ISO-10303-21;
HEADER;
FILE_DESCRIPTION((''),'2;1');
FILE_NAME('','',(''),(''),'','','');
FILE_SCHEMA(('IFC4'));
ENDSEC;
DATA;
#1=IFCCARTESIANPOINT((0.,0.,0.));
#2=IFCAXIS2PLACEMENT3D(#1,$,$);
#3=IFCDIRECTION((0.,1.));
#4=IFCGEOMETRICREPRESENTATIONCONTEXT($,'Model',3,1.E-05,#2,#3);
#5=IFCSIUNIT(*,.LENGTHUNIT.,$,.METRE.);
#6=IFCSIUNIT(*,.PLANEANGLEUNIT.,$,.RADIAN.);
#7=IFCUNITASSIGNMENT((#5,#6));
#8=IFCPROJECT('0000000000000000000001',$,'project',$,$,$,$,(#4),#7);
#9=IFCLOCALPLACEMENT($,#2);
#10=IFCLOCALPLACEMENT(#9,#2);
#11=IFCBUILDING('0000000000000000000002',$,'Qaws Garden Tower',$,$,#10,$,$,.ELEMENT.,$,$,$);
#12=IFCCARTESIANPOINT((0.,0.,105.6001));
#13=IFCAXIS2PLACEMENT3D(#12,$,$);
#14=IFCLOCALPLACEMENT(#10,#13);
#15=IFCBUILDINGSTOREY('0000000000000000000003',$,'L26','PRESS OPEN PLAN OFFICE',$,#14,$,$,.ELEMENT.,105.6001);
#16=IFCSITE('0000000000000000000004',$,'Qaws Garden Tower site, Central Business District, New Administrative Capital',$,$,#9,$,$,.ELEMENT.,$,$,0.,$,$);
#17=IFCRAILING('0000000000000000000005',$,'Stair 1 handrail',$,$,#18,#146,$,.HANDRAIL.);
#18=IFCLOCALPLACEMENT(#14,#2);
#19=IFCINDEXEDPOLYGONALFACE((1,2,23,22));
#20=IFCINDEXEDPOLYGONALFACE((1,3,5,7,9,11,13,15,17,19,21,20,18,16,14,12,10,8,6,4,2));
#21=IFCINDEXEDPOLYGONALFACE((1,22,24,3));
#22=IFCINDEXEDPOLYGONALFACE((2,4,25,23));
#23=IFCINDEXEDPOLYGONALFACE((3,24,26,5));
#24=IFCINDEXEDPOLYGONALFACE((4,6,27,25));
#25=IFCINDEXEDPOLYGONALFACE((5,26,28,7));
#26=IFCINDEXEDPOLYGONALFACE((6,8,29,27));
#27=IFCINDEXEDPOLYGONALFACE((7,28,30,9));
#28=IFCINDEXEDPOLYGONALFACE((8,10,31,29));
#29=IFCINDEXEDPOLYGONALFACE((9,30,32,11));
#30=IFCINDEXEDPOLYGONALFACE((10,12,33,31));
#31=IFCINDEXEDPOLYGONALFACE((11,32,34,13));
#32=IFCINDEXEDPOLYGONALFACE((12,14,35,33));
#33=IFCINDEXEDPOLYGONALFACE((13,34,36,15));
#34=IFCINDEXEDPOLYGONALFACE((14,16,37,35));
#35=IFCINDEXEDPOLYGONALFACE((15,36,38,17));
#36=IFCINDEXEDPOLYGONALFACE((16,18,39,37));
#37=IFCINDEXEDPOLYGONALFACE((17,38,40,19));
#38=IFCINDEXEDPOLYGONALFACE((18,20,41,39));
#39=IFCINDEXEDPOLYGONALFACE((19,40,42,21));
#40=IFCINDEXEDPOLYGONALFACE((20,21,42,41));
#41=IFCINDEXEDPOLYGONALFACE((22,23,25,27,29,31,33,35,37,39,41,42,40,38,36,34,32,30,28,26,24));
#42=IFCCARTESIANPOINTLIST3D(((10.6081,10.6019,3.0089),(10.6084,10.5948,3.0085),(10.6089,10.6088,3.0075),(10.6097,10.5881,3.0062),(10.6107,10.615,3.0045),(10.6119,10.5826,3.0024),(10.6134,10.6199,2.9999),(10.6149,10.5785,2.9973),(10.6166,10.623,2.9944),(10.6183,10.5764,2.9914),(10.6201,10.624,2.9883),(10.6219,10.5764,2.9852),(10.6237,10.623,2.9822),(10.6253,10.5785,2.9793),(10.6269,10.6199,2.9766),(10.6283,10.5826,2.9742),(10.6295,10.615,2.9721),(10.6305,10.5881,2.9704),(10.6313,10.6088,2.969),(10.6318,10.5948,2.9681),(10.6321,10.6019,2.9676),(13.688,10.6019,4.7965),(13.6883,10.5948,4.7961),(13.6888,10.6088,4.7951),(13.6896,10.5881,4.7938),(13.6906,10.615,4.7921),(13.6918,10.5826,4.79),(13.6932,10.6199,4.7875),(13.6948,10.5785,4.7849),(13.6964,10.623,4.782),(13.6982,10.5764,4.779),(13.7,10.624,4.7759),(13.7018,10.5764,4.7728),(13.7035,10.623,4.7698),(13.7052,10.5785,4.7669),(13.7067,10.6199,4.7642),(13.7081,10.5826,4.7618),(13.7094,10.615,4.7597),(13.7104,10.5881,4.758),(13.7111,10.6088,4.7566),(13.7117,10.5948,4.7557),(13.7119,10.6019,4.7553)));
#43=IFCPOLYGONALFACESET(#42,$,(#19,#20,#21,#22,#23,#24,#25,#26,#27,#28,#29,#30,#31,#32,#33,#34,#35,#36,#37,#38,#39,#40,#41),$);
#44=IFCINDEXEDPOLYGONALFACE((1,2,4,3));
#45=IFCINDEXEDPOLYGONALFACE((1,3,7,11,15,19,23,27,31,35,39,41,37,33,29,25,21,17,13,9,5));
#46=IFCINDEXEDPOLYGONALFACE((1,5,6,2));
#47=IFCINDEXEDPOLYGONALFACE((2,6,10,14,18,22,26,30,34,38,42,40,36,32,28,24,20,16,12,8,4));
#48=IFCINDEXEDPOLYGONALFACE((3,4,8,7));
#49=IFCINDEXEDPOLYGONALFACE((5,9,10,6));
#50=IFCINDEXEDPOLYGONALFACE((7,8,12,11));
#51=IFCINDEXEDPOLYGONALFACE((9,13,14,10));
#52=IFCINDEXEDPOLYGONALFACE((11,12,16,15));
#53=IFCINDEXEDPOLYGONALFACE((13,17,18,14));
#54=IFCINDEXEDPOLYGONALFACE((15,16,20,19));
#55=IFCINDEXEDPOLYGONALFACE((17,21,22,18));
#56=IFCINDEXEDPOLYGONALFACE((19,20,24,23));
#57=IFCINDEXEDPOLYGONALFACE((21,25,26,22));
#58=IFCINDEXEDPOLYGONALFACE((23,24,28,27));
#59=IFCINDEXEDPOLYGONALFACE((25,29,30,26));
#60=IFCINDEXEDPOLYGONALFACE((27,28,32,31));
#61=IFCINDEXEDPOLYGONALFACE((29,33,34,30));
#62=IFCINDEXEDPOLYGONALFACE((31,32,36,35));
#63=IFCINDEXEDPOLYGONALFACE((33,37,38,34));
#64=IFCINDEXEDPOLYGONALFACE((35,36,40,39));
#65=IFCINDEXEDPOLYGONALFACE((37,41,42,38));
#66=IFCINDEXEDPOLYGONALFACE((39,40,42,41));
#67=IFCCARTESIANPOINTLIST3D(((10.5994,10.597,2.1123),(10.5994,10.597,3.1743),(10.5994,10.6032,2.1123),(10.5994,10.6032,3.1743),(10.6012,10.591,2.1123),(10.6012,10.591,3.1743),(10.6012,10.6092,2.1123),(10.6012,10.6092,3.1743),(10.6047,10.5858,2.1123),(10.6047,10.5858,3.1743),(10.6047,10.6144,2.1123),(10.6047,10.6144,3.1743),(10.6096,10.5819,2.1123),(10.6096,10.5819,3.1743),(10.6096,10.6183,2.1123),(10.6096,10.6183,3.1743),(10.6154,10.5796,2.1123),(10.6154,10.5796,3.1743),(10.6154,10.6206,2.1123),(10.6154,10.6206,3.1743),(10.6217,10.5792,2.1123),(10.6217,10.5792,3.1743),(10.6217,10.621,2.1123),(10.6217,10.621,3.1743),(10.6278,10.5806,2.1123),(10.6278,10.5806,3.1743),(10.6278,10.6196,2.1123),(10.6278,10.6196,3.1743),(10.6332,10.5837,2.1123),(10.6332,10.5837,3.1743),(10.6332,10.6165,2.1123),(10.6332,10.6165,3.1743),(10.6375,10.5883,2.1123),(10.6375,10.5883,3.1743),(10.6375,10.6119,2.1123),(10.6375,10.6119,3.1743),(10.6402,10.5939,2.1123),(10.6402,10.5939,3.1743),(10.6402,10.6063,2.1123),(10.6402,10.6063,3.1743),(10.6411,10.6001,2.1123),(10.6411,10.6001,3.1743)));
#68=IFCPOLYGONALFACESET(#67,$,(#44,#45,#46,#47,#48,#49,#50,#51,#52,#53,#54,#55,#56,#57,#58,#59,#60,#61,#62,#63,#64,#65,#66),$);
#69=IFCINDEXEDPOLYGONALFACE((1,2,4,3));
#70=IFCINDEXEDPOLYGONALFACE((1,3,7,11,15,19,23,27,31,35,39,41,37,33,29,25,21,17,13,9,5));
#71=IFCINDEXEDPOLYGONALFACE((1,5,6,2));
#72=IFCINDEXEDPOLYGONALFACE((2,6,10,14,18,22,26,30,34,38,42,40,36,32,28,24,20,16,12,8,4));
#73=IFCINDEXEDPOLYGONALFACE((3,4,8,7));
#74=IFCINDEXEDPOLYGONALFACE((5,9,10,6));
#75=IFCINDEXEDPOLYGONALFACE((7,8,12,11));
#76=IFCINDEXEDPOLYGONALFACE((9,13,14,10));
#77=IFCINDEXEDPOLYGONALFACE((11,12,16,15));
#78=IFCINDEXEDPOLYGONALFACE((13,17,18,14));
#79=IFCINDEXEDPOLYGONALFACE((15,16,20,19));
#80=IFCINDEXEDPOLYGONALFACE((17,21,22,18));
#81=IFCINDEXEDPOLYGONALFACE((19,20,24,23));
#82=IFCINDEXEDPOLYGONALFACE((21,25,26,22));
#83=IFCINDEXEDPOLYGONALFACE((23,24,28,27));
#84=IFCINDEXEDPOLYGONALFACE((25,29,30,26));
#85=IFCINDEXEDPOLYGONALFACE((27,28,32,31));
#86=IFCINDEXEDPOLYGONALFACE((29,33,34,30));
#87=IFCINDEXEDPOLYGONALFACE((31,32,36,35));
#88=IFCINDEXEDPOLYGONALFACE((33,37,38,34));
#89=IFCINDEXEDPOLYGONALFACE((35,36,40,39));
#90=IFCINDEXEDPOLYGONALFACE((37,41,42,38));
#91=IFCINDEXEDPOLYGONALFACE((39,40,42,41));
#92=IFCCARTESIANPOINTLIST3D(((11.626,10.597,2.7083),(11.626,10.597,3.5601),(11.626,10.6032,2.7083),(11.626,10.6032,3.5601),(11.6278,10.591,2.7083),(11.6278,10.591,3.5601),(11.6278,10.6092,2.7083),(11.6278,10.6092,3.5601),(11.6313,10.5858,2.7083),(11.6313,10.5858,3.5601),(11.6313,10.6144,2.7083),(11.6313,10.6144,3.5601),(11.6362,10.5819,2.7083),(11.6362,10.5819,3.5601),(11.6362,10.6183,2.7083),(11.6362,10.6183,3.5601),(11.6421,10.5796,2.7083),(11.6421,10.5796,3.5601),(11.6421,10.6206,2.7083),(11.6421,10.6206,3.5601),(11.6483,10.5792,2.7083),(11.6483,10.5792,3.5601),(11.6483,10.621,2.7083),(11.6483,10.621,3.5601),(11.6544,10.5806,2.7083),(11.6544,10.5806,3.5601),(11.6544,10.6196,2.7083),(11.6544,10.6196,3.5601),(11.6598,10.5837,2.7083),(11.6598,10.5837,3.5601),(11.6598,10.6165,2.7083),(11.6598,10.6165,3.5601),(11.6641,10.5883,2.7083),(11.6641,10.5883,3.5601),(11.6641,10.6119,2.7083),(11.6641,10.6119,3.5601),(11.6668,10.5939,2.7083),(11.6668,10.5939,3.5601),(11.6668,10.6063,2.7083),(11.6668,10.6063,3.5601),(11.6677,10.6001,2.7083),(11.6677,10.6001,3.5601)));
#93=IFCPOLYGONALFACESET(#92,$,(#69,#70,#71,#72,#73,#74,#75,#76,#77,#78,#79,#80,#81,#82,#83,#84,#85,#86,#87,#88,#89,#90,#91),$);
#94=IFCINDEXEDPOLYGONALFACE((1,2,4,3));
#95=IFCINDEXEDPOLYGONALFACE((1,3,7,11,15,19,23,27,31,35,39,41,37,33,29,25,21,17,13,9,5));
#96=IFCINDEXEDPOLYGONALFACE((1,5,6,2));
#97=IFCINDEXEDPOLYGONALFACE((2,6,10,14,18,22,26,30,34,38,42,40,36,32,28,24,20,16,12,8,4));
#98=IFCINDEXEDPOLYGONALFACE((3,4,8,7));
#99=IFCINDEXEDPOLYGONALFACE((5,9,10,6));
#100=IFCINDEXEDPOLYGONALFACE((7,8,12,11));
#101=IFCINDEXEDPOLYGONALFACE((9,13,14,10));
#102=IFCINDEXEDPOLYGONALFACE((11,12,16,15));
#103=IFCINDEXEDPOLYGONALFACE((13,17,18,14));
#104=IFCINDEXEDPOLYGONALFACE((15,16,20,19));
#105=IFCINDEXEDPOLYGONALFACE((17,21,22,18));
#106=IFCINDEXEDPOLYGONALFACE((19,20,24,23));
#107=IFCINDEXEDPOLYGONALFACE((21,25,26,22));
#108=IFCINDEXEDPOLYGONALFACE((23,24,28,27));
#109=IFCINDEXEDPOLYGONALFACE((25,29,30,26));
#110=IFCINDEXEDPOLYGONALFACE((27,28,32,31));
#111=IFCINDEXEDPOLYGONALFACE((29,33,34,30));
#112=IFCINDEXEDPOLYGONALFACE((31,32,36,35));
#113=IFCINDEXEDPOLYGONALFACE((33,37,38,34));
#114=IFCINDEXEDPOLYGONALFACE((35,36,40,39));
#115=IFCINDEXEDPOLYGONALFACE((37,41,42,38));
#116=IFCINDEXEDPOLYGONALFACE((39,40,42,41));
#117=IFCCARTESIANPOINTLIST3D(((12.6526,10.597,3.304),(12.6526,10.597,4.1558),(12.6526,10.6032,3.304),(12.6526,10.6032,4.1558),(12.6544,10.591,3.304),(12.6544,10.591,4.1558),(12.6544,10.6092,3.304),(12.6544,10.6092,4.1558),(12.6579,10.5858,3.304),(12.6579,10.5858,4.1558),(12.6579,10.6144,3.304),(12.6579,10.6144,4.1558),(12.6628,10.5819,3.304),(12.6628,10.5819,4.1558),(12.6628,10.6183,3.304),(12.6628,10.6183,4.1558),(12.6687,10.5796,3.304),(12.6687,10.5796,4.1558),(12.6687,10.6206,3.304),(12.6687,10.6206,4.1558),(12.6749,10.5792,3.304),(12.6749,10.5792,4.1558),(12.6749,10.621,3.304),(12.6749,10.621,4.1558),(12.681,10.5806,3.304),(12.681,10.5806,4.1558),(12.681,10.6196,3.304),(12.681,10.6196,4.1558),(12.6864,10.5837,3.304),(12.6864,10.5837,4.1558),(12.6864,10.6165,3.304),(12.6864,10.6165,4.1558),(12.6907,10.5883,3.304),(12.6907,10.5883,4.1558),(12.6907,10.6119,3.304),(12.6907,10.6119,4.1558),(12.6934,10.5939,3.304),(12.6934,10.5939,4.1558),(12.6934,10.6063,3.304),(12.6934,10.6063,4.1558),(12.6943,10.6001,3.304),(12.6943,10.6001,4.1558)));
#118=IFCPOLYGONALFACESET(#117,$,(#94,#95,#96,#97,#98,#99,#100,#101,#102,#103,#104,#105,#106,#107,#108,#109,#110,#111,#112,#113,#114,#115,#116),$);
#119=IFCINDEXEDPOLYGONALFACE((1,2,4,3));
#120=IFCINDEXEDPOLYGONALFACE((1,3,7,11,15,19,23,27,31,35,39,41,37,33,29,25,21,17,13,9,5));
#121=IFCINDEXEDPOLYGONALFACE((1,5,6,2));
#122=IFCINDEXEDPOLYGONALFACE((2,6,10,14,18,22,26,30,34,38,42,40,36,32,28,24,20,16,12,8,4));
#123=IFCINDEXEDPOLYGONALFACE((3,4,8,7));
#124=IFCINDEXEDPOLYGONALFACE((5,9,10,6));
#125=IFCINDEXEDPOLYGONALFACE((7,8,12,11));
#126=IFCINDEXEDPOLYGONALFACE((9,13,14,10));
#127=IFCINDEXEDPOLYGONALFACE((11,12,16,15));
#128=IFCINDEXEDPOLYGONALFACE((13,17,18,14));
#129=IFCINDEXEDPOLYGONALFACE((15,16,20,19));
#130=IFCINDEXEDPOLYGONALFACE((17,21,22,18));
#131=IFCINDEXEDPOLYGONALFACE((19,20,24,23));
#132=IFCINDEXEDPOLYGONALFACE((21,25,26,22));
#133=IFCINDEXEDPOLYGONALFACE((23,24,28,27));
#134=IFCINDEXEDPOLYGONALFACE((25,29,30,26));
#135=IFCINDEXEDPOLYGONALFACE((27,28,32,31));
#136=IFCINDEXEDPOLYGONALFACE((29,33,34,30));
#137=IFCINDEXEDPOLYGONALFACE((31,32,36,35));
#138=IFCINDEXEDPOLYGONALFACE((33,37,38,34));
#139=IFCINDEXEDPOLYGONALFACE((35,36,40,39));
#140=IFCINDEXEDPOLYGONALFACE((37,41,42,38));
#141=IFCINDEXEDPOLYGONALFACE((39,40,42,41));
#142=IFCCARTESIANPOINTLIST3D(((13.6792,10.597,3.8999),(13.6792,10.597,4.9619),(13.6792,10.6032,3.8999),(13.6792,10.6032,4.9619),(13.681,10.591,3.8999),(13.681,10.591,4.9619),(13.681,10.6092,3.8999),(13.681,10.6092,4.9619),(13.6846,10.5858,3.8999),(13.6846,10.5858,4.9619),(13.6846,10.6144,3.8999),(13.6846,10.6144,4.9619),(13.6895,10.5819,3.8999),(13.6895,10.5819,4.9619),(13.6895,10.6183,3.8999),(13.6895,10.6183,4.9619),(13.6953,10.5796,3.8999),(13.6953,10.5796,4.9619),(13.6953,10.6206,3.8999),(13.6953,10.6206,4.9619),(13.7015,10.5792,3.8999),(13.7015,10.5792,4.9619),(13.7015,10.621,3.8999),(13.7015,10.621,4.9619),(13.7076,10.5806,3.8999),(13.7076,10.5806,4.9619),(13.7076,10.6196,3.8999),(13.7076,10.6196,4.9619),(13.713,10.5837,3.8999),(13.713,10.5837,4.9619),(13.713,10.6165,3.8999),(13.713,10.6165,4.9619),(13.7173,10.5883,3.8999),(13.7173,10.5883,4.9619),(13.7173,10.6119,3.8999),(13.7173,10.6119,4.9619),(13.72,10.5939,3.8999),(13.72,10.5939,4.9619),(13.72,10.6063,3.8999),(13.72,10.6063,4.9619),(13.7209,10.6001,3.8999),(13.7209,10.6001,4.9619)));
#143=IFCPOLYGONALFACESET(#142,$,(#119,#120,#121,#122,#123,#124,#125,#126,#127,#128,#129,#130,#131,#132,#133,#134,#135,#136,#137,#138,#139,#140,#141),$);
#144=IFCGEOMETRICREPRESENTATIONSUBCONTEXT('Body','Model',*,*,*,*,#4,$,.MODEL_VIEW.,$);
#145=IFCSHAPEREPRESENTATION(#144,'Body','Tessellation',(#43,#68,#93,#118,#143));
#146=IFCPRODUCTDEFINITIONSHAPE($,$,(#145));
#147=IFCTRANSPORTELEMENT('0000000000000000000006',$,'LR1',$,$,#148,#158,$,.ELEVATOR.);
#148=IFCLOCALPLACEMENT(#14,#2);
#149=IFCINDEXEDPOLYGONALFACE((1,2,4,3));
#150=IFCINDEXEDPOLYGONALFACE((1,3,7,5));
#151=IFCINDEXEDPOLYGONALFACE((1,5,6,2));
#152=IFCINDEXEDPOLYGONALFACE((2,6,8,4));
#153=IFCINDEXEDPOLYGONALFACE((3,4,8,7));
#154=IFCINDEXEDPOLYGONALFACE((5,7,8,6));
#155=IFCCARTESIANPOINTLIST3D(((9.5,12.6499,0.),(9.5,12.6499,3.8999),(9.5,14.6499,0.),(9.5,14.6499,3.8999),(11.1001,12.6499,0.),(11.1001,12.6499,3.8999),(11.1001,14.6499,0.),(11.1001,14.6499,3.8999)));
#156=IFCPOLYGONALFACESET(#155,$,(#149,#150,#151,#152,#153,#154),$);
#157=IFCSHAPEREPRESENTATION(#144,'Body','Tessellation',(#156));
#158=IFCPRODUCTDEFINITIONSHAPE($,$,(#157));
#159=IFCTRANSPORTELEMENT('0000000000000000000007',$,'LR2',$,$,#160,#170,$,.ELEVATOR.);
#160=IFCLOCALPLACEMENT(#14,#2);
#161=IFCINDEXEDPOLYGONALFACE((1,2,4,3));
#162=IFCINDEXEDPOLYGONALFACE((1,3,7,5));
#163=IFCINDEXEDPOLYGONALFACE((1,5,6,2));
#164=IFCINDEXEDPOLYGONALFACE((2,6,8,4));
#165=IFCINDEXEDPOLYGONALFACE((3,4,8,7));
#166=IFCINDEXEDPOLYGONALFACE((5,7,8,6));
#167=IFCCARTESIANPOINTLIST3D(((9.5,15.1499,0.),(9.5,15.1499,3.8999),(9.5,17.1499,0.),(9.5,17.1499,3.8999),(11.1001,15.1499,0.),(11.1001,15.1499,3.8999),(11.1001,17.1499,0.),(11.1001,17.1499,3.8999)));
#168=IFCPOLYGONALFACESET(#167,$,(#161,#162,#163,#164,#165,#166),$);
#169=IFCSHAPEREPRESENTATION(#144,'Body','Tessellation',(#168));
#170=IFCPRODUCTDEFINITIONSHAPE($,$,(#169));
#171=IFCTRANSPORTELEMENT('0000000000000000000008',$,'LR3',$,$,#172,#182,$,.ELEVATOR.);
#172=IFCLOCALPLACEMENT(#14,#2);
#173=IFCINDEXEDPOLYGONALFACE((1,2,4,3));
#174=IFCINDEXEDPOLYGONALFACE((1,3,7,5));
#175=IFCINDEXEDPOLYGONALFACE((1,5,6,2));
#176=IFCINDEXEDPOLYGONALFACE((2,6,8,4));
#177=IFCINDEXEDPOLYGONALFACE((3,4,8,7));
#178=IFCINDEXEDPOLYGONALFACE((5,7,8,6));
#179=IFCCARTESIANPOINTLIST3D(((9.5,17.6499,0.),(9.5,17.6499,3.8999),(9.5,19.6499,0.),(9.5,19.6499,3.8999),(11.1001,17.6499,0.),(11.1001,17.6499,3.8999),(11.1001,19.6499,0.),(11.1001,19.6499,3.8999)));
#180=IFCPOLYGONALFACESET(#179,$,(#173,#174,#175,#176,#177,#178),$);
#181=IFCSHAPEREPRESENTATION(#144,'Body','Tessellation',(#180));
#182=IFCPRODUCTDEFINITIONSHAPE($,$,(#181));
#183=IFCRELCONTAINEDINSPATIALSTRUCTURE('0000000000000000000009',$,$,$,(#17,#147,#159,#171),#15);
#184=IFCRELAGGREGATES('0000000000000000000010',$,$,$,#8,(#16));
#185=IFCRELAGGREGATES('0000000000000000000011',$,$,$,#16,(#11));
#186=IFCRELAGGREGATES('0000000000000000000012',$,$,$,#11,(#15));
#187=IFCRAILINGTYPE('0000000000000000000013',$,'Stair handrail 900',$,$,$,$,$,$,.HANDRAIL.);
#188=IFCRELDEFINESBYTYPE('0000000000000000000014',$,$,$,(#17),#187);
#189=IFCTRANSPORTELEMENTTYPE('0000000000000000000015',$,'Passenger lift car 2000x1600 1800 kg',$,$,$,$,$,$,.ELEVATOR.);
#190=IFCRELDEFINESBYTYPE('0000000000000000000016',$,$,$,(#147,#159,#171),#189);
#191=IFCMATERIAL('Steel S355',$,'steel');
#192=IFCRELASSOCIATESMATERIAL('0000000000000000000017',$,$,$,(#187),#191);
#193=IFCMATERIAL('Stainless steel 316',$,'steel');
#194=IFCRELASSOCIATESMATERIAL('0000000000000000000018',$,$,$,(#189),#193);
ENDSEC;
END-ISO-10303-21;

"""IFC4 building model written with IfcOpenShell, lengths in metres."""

from ifc_helpers import new_model, si_unit, direction, frame, origin, origin_2d, place, context, subcontext, project, spatial, rectangle, circle, extrude, material, type_object, element, save


model = new_model("IFC4")

# Units and contexts
model_context = context("Model", 3, precision=1e-05, world=origin(), true_north=direction((0.0, 1.0)))
body_context = subcontext(model_context, "Body", "Model", "MODEL_VIEW")
ifc_project = project(units=[si_unit("LENGTHUNIT", "METRE"), si_unit("PLANEANGLEUNIT", "RADIAN")], contexts=[model_context])

# Site, building, storey
site_placement = place(None, origin())
site = spatial("IfcSite", under=ifc_project, at=site_placement, Name="Qaws Garden Tower site, Central Business District, New Administrative Capital", CompositionType="ELEMENT", RefElevation=0.0)
building_placement = place(site_placement, origin())
building = spatial("IfcBuilding", under=site, at=building_placement, Name="Qaws Garden Tower", CompositionType="ELEMENT")
storey_placement = place(building_placement, frame((0.0, 0.0, 105.6001)))
storey = spatial("IfcBuildingStorey", under=building, at=storey_placement, Name="L26", Description="PRESS OPEN PLAN OFFICE", CompositionType="ELEMENT", Elevation=105.6001)

# Railing
ifc_material_1 = material(Name="Steel S355", Category="steel")
railing_type = type_object("IfcRailingType", Name="Stair handrail 900", PredefinedType="HANDRAIL", material=ifc_material_1)
railing_1_placement = place(storey_placement, frame((10.6201, 10.6001, 2.1123)))
element("IfcRailing", 1, at=railing_1_placement, inside=storey, type_object=railing_type, Name="Stair 1 handrail", PredefinedType="HANDRAIL", context=body_context, shape_type="SweptSolid", body=[
    extrude(circle(Radius=0.0239, at=origin_2d()), frame((0.0, 0.0, 0.876), z_axis=(0.864873, 0.0, 0.50199), x_axis=(0.0, 1.0, 0.0)), (0.0, 0.0, 1.0), 3.561),
    extrude(circle(Radius=0.021, at=origin_2d()), origin(), (0.0, 0.0, 1.0), 1.062),
    extrude(circle(Radius=0.021, at=origin_2d()), frame((1.0266, 0.0, 0.5959)), (0.0, 0.0, 1.0), 0.8518),
    extrude(circle(Radius=0.021, at=origin_2d()), frame((2.0532, 0.0, 1.1917)), (0.0, 0.0, 1.0), 0.8518),
    extrude(circle(Radius=0.021, at=origin_2d()), frame((3.0798, 0.0, 1.7876)), (0.0, 0.0, 1.0), 1.062),
])

# Transport elements
ifc_material_2 = material(Name="Stainless steel 316", Category="steel")
transport_element_type = type_object("IfcTransportElementType", Name="Passenger lift car 2000x1600 1800 kg", PredefinedType="ELEVATOR", material=ifc_material_2)
for number, where, z_axis, x_axis, name in (
    (2, (10.3, 13.6499, 0.0), (0.0, 0.0, 1.0), (1.0, 0.0, 0.0), "LR1"),
    (3, (10.3, 16.1499, 0.0), (0.0, 0.0, 1.0), (1.0, 0.0, 0.0), "LR2"),
    (4, (10.3, 18.6499, 0.0), (0.0, 0.0, 1.0), (1.0, 0.0, 0.0), "LR3"),
):
    element("IfcTransportElement", number, at=place(storey_placement, frame(where, z_axis=z_axis, x_axis=x_axis)), inside=storey, type_object=transport_element_type, Name=name, PredefinedType="ELEVATOR", context=body_context, shape_type="SweptSolid", body=[
        extrude(rectangle(XDim=1.6001, YDim=2.0, at=origin_2d()), origin(), (0.0, 0.0, 1.0), 3.8999),
    ])

save(model, "model.ifc")
